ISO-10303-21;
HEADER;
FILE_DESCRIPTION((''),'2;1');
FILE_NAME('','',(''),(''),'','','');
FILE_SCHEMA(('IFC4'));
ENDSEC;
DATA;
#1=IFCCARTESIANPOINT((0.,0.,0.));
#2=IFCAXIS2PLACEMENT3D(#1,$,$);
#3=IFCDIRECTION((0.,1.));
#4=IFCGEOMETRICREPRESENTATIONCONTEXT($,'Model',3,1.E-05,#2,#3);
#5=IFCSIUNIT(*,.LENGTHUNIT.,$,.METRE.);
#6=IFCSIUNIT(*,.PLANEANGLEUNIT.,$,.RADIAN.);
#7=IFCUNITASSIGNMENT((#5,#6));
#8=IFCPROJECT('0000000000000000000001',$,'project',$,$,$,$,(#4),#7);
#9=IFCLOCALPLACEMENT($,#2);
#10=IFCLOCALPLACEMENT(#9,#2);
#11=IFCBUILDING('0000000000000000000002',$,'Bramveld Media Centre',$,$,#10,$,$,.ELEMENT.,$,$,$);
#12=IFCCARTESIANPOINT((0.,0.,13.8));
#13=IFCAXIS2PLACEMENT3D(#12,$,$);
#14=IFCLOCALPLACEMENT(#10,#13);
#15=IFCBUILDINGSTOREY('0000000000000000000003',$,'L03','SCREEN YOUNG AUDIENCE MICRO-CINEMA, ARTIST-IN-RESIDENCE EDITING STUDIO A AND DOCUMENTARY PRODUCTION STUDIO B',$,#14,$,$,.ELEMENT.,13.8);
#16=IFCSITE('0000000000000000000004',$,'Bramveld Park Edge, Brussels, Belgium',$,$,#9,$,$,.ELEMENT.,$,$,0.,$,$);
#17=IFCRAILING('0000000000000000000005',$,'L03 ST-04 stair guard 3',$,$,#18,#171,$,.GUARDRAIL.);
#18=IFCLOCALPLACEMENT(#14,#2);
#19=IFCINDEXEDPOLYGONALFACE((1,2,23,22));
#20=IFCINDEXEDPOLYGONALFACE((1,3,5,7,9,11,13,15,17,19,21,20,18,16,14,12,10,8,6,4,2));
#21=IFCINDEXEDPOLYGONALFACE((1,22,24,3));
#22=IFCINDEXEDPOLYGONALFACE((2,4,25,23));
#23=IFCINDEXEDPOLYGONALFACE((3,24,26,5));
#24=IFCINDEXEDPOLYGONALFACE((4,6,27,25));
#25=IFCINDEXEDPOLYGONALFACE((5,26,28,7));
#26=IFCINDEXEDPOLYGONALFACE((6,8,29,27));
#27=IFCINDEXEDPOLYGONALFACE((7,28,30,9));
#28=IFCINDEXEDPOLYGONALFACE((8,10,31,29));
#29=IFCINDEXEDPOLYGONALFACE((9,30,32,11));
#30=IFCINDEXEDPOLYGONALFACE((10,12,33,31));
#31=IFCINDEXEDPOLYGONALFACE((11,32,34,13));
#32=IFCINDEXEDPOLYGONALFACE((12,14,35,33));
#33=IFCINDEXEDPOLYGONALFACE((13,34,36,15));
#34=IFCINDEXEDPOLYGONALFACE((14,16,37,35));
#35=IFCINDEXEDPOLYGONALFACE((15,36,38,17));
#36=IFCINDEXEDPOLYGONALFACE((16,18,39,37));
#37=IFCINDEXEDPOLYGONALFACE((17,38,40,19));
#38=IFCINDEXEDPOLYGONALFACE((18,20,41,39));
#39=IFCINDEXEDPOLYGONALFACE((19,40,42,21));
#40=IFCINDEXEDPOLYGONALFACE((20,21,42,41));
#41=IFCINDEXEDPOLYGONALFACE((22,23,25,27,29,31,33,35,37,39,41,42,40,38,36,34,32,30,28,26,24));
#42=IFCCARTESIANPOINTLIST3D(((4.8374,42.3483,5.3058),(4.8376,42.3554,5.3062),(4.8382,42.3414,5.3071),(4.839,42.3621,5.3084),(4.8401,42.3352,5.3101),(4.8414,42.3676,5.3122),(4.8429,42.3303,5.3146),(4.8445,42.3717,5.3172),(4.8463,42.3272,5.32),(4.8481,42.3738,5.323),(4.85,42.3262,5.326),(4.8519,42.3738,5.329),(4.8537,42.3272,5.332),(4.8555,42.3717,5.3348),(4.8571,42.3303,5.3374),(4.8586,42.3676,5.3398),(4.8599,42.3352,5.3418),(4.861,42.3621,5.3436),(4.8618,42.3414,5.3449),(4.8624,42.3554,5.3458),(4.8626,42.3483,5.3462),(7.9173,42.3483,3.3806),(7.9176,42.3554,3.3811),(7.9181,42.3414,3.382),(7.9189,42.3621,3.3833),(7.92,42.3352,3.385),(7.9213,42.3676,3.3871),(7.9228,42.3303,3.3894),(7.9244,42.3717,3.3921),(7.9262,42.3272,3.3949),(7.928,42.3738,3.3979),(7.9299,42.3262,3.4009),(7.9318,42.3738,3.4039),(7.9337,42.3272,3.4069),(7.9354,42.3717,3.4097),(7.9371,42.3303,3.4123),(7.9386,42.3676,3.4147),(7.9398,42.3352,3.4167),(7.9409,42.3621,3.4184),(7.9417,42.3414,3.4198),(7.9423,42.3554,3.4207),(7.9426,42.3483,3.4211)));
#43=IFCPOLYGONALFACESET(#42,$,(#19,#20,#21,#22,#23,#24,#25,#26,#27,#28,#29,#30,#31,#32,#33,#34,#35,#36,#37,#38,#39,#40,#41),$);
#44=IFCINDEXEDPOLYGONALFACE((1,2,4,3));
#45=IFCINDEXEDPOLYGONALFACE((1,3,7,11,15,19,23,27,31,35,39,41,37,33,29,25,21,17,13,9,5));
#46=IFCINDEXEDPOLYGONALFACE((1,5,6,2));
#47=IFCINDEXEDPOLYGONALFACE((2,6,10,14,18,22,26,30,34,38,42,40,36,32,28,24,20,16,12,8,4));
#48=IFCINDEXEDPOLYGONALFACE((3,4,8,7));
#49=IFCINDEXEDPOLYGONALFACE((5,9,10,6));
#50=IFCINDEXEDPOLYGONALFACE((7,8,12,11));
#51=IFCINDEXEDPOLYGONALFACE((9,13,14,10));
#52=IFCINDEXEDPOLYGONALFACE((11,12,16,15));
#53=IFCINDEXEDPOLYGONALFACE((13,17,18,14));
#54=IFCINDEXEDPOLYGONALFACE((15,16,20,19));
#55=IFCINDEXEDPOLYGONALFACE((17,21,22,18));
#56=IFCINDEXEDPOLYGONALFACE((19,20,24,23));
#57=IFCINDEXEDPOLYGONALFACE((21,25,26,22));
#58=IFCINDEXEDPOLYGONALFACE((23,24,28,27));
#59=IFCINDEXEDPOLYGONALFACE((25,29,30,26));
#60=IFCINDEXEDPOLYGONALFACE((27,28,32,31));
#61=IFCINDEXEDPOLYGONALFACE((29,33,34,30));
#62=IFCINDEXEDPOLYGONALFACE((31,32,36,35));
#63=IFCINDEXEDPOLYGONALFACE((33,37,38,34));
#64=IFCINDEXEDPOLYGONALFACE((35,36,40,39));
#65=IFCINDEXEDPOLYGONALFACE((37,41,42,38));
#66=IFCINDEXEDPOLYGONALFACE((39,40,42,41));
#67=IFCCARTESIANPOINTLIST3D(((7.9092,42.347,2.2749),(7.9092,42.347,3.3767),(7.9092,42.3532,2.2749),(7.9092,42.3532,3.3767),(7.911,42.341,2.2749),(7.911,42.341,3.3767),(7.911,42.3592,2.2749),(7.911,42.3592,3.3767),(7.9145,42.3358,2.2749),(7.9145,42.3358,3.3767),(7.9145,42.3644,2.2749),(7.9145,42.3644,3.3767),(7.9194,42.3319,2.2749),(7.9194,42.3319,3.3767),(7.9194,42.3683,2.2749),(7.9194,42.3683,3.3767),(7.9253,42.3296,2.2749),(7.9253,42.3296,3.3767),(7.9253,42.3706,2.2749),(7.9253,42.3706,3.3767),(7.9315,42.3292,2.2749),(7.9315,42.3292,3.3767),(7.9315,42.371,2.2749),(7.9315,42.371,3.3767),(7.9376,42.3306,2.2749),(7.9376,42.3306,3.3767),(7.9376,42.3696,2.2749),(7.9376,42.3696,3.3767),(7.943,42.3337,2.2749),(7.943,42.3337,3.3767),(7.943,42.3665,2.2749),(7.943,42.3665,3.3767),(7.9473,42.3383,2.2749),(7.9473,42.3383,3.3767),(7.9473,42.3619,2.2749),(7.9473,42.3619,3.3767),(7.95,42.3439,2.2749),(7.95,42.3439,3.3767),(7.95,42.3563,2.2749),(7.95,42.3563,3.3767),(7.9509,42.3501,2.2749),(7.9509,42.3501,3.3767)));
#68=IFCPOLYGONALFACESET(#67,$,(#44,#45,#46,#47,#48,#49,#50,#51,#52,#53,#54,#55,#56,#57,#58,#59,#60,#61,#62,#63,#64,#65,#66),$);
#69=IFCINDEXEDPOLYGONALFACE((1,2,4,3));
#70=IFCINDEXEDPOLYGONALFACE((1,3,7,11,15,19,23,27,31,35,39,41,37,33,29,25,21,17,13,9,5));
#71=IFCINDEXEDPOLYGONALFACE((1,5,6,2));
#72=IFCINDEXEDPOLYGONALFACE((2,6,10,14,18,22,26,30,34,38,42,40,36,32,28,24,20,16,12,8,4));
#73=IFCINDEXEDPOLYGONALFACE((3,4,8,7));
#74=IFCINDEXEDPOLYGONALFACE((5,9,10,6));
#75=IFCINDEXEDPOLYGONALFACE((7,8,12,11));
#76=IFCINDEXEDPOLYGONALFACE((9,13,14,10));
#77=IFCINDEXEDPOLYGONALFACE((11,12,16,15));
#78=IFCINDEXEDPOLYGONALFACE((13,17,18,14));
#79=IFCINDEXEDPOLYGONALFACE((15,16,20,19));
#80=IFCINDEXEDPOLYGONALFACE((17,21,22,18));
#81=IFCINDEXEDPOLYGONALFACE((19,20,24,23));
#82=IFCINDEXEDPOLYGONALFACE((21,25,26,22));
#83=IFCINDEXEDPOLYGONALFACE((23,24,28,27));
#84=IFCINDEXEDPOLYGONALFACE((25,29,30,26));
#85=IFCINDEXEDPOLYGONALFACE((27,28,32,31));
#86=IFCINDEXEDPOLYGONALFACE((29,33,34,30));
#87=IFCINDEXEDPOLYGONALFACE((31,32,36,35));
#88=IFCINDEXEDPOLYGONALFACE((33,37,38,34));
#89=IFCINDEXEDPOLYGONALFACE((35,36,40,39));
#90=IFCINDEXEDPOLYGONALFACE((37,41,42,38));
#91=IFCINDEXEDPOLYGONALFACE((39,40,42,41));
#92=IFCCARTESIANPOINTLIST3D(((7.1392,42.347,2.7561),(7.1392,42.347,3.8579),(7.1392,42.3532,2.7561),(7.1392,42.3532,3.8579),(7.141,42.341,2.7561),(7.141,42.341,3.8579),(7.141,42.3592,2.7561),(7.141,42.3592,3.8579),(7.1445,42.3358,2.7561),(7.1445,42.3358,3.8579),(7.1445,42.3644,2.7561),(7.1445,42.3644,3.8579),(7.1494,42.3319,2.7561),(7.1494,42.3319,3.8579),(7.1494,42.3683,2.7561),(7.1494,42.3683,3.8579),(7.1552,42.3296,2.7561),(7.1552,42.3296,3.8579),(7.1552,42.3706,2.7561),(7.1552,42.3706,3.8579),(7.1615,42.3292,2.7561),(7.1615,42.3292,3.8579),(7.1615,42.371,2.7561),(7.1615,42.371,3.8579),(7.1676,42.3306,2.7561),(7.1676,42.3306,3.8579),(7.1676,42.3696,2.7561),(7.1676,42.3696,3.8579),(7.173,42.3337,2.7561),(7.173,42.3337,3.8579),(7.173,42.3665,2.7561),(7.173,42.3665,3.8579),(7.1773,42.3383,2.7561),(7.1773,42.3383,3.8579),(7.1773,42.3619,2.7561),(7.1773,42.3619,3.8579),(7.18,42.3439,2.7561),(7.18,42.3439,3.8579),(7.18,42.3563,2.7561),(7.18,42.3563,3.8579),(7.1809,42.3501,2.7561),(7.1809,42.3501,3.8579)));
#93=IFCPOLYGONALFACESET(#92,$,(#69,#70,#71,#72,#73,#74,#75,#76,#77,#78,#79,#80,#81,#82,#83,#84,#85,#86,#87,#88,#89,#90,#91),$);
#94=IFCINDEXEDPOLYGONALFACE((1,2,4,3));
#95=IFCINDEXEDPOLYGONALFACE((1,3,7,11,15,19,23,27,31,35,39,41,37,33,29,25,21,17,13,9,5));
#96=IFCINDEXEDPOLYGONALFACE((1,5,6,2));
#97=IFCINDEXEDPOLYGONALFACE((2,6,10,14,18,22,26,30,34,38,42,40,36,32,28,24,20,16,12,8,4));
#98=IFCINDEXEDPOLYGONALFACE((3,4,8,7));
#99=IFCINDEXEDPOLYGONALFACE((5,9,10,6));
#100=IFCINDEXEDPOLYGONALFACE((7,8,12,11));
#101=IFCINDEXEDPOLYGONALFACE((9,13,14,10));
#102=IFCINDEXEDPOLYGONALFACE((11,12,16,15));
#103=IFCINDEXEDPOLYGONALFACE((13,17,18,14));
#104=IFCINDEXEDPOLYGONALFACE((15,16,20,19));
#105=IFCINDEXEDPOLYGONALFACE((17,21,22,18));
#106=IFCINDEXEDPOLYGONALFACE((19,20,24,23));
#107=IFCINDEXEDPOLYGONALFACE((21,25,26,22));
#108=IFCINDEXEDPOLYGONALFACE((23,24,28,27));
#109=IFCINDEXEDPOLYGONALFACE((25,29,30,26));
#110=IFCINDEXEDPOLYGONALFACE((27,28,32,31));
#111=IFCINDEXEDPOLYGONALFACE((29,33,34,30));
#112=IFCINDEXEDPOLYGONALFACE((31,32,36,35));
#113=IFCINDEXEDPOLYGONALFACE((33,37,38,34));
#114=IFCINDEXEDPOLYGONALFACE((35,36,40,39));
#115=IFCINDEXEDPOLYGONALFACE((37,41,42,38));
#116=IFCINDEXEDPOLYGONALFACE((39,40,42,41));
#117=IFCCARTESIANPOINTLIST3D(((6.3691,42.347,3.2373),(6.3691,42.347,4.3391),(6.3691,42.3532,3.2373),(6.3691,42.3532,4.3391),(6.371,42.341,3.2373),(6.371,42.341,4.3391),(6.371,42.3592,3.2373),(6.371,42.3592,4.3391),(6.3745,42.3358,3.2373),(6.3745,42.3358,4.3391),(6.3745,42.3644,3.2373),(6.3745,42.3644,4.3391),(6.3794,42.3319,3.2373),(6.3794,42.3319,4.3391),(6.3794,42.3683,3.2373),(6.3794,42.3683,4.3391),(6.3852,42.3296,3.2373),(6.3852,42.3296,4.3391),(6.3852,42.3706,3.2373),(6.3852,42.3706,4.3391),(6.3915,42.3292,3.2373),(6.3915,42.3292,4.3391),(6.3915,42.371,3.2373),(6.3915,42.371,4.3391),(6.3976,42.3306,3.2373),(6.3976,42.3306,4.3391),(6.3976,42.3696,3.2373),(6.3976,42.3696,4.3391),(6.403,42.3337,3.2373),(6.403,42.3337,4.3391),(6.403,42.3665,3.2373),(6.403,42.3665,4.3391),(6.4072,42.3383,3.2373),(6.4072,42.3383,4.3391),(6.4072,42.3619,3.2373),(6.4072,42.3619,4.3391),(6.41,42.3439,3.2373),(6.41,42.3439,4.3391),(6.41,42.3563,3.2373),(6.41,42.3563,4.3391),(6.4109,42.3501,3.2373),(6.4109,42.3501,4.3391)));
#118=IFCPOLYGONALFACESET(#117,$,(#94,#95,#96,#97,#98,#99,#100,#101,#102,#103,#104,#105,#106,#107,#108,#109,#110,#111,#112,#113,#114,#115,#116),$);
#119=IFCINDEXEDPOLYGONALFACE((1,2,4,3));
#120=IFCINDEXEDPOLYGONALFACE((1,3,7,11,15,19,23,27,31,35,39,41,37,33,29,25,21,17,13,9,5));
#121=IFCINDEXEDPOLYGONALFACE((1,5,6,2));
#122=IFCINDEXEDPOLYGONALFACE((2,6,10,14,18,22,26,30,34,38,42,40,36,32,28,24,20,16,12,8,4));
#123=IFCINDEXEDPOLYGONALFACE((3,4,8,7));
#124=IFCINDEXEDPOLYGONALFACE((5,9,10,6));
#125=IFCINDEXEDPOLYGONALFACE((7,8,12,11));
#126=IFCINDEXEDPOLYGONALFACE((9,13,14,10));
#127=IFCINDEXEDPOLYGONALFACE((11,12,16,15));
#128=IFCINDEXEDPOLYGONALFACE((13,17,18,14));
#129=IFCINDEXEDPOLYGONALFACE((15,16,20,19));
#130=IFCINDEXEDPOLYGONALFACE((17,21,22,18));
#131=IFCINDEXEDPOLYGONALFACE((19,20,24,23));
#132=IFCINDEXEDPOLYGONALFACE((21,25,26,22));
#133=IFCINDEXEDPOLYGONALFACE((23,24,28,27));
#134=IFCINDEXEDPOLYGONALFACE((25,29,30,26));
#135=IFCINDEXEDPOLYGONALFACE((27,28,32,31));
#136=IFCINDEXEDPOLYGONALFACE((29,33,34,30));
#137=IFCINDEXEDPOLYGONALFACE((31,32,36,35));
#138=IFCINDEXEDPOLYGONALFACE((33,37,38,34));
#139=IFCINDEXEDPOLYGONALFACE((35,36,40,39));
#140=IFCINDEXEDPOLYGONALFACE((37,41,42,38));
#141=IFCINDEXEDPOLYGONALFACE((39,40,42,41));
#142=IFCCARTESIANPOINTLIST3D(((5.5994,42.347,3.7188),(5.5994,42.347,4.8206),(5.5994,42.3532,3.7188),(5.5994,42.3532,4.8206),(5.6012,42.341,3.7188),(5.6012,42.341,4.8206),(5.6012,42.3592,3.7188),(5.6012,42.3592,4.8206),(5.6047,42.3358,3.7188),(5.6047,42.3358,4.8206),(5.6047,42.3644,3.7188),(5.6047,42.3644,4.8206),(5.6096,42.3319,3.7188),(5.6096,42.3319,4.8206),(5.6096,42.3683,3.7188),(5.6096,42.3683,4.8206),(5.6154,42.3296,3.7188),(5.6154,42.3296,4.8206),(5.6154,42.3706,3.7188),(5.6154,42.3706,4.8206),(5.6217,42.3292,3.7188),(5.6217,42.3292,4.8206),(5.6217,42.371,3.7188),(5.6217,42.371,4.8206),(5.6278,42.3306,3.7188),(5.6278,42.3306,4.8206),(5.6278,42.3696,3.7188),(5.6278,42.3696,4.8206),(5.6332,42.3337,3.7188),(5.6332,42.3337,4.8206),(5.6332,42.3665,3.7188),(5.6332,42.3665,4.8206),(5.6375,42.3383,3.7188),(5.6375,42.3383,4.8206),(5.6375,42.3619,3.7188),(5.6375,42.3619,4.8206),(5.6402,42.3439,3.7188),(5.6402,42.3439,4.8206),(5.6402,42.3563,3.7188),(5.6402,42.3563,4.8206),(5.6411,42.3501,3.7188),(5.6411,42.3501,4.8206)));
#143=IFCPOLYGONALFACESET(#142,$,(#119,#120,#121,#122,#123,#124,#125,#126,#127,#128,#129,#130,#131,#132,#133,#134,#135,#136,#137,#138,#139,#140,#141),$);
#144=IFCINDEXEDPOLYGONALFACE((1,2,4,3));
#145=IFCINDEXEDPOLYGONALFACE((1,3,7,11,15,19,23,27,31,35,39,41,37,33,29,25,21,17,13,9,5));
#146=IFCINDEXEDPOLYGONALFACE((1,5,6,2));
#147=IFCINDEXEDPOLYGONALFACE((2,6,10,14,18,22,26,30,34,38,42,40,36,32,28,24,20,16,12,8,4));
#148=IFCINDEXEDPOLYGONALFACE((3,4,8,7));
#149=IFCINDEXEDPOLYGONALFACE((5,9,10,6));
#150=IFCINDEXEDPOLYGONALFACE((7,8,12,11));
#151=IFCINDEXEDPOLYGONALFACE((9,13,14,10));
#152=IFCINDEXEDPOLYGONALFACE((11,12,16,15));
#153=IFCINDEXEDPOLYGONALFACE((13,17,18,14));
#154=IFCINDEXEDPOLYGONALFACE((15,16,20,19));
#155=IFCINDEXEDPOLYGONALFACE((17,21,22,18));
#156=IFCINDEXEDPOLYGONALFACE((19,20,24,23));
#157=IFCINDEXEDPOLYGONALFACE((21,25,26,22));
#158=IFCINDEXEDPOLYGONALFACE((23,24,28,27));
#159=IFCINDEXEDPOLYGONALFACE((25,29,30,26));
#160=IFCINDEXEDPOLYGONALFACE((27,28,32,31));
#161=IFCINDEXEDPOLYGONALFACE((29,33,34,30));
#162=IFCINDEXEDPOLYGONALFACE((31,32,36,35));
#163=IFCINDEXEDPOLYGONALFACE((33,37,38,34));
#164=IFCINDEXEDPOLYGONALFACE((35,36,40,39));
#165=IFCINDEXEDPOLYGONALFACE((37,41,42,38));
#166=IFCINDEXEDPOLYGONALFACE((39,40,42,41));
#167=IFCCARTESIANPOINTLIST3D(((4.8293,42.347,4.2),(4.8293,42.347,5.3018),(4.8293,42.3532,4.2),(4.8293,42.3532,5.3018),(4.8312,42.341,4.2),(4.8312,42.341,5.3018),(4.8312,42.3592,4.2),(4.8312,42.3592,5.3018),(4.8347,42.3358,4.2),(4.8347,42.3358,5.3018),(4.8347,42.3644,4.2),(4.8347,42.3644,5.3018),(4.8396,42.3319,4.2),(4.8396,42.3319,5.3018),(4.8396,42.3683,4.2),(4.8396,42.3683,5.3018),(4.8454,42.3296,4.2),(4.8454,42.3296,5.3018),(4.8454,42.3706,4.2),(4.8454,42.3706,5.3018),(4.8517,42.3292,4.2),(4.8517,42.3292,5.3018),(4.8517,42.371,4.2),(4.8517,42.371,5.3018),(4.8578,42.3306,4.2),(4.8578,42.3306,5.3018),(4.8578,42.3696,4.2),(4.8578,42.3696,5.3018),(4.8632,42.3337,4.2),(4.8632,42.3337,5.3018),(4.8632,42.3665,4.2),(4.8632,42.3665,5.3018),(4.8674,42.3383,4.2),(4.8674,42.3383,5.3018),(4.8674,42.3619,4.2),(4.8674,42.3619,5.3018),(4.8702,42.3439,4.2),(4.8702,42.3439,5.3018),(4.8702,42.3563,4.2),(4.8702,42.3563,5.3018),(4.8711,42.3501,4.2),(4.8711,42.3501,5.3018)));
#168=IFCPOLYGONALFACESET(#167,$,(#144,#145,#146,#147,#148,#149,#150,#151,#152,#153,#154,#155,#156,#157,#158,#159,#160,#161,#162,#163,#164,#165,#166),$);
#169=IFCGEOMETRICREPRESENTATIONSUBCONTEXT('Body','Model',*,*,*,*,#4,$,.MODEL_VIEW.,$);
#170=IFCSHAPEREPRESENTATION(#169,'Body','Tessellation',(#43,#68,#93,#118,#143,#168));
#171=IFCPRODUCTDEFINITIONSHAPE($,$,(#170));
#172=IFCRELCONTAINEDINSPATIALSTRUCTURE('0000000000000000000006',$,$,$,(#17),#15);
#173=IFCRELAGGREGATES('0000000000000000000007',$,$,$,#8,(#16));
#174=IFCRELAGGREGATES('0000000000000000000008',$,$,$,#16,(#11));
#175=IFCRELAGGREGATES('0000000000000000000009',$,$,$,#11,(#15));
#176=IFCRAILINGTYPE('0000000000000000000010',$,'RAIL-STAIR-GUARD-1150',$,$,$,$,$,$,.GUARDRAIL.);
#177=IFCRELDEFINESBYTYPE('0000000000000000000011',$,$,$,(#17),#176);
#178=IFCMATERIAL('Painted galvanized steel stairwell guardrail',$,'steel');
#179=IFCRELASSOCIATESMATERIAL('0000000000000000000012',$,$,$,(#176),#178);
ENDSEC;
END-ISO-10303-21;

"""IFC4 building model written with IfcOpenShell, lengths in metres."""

from ifc_helpers import new_model, si_unit, direction, frame, origin, origin_2d, place, context, subcontext, project, spatial, circle, extrude, material, type_object, element, save


model = new_model("IFC4")

# Units and contexts
model_context = context("Model", 3, precision=1e-05, world=origin(), true_north=direction((0.0, 1.0)))
body_context = subcontext(model_context, "Body", "Model", "MODEL_VIEW")
ifc_project = project(units=[si_unit("LENGTHUNIT", "METRE"), si_unit("PLANEANGLEUNIT", "RADIAN")], contexts=[model_context])

# Site, building, storey
site_placement = place(None, origin())
site = spatial("IfcSite", under=ifc_project, at=site_placement, Name="Bramveld Park Edge, Brussels, Belgium", CompositionType="ELEMENT", RefElevation=0.0)
building_placement = place(site_placement, origin())
building = spatial("IfcBuilding", under=site, at=building_placement, Name="Bramveld Media Centre", CompositionType="ELEMENT")
storey_placement = place(building_placement, frame((0.0, 0.0, 13.8)))
storey = spatial("IfcBuildingStorey", under=building, at=storey_placement, Name="L03", Description="SCREEN YOUNG AUDIENCE MICRO-CINEMA, ARTIST-IN-RESIDENCE EDITING STUDIO A AND DOCUMENTARY PRODUCTION STUDIO B", CompositionType="ELEMENT", Elevation=13.8)

# Railing
ifc_material_1 = material(Name="Painted galvanized steel stairwell guardrail", Category="steel")
railing_type_1 = type_object("IfcRailingType", Name="RAIL-STAIR-GUARD-1150", PredefinedType="GUARDRAIL", material=ifc_material_1)
railing_1_placement = place(storey_placement, frame((7.9299, 42.3501, 2.2749)))
element("IfcRailing", 1, at=railing_1_placement, inside=storey, type_object=railing_type_1, Name="L03 ST-04 stair guard 3", PredefinedType="GUARDRAIL", context=body_context, shape_type="SweptSolid", body=[
    extrude(circle(Radius=0.0239, at=origin_2d()), frame((0.0, 0.0, 1.126), z_axis=(-0.847979, 0.0, 0.530029), x_axis=(0.0, -1.0, 0.0)), (0.0, 0.0, 1.0), 3.6321),
    extrude(circle(Radius=0.021, at=origin_2d()), origin(), (0.0, 0.0, 1.0), 1.1018),
    extrude(circle(Radius=0.021, at=origin_2d()), frame((-0.77, 0.0, 0.4812)), (0.0, 0.0, 1.0), 1.1018),
    extrude(circle(Radius=0.021, at=origin_2d()), frame((-1.54, 0.0, 0.9624)), (0.0, 0.0, 1.0), 1.1018),
    extrude(circle(Radius=0.021, at=origin_2d()), frame((-2.3098, 0.0, 1.4438)), (0.0, 0.0, 1.0), 1.1018),
    extrude(circle(Radius=0.021, at=origin_2d()), frame((-3.0798, 0.0, 1.925)), (0.0, 0.0, 1.0), 1.1018),
])

save(model, "model.ifc")
